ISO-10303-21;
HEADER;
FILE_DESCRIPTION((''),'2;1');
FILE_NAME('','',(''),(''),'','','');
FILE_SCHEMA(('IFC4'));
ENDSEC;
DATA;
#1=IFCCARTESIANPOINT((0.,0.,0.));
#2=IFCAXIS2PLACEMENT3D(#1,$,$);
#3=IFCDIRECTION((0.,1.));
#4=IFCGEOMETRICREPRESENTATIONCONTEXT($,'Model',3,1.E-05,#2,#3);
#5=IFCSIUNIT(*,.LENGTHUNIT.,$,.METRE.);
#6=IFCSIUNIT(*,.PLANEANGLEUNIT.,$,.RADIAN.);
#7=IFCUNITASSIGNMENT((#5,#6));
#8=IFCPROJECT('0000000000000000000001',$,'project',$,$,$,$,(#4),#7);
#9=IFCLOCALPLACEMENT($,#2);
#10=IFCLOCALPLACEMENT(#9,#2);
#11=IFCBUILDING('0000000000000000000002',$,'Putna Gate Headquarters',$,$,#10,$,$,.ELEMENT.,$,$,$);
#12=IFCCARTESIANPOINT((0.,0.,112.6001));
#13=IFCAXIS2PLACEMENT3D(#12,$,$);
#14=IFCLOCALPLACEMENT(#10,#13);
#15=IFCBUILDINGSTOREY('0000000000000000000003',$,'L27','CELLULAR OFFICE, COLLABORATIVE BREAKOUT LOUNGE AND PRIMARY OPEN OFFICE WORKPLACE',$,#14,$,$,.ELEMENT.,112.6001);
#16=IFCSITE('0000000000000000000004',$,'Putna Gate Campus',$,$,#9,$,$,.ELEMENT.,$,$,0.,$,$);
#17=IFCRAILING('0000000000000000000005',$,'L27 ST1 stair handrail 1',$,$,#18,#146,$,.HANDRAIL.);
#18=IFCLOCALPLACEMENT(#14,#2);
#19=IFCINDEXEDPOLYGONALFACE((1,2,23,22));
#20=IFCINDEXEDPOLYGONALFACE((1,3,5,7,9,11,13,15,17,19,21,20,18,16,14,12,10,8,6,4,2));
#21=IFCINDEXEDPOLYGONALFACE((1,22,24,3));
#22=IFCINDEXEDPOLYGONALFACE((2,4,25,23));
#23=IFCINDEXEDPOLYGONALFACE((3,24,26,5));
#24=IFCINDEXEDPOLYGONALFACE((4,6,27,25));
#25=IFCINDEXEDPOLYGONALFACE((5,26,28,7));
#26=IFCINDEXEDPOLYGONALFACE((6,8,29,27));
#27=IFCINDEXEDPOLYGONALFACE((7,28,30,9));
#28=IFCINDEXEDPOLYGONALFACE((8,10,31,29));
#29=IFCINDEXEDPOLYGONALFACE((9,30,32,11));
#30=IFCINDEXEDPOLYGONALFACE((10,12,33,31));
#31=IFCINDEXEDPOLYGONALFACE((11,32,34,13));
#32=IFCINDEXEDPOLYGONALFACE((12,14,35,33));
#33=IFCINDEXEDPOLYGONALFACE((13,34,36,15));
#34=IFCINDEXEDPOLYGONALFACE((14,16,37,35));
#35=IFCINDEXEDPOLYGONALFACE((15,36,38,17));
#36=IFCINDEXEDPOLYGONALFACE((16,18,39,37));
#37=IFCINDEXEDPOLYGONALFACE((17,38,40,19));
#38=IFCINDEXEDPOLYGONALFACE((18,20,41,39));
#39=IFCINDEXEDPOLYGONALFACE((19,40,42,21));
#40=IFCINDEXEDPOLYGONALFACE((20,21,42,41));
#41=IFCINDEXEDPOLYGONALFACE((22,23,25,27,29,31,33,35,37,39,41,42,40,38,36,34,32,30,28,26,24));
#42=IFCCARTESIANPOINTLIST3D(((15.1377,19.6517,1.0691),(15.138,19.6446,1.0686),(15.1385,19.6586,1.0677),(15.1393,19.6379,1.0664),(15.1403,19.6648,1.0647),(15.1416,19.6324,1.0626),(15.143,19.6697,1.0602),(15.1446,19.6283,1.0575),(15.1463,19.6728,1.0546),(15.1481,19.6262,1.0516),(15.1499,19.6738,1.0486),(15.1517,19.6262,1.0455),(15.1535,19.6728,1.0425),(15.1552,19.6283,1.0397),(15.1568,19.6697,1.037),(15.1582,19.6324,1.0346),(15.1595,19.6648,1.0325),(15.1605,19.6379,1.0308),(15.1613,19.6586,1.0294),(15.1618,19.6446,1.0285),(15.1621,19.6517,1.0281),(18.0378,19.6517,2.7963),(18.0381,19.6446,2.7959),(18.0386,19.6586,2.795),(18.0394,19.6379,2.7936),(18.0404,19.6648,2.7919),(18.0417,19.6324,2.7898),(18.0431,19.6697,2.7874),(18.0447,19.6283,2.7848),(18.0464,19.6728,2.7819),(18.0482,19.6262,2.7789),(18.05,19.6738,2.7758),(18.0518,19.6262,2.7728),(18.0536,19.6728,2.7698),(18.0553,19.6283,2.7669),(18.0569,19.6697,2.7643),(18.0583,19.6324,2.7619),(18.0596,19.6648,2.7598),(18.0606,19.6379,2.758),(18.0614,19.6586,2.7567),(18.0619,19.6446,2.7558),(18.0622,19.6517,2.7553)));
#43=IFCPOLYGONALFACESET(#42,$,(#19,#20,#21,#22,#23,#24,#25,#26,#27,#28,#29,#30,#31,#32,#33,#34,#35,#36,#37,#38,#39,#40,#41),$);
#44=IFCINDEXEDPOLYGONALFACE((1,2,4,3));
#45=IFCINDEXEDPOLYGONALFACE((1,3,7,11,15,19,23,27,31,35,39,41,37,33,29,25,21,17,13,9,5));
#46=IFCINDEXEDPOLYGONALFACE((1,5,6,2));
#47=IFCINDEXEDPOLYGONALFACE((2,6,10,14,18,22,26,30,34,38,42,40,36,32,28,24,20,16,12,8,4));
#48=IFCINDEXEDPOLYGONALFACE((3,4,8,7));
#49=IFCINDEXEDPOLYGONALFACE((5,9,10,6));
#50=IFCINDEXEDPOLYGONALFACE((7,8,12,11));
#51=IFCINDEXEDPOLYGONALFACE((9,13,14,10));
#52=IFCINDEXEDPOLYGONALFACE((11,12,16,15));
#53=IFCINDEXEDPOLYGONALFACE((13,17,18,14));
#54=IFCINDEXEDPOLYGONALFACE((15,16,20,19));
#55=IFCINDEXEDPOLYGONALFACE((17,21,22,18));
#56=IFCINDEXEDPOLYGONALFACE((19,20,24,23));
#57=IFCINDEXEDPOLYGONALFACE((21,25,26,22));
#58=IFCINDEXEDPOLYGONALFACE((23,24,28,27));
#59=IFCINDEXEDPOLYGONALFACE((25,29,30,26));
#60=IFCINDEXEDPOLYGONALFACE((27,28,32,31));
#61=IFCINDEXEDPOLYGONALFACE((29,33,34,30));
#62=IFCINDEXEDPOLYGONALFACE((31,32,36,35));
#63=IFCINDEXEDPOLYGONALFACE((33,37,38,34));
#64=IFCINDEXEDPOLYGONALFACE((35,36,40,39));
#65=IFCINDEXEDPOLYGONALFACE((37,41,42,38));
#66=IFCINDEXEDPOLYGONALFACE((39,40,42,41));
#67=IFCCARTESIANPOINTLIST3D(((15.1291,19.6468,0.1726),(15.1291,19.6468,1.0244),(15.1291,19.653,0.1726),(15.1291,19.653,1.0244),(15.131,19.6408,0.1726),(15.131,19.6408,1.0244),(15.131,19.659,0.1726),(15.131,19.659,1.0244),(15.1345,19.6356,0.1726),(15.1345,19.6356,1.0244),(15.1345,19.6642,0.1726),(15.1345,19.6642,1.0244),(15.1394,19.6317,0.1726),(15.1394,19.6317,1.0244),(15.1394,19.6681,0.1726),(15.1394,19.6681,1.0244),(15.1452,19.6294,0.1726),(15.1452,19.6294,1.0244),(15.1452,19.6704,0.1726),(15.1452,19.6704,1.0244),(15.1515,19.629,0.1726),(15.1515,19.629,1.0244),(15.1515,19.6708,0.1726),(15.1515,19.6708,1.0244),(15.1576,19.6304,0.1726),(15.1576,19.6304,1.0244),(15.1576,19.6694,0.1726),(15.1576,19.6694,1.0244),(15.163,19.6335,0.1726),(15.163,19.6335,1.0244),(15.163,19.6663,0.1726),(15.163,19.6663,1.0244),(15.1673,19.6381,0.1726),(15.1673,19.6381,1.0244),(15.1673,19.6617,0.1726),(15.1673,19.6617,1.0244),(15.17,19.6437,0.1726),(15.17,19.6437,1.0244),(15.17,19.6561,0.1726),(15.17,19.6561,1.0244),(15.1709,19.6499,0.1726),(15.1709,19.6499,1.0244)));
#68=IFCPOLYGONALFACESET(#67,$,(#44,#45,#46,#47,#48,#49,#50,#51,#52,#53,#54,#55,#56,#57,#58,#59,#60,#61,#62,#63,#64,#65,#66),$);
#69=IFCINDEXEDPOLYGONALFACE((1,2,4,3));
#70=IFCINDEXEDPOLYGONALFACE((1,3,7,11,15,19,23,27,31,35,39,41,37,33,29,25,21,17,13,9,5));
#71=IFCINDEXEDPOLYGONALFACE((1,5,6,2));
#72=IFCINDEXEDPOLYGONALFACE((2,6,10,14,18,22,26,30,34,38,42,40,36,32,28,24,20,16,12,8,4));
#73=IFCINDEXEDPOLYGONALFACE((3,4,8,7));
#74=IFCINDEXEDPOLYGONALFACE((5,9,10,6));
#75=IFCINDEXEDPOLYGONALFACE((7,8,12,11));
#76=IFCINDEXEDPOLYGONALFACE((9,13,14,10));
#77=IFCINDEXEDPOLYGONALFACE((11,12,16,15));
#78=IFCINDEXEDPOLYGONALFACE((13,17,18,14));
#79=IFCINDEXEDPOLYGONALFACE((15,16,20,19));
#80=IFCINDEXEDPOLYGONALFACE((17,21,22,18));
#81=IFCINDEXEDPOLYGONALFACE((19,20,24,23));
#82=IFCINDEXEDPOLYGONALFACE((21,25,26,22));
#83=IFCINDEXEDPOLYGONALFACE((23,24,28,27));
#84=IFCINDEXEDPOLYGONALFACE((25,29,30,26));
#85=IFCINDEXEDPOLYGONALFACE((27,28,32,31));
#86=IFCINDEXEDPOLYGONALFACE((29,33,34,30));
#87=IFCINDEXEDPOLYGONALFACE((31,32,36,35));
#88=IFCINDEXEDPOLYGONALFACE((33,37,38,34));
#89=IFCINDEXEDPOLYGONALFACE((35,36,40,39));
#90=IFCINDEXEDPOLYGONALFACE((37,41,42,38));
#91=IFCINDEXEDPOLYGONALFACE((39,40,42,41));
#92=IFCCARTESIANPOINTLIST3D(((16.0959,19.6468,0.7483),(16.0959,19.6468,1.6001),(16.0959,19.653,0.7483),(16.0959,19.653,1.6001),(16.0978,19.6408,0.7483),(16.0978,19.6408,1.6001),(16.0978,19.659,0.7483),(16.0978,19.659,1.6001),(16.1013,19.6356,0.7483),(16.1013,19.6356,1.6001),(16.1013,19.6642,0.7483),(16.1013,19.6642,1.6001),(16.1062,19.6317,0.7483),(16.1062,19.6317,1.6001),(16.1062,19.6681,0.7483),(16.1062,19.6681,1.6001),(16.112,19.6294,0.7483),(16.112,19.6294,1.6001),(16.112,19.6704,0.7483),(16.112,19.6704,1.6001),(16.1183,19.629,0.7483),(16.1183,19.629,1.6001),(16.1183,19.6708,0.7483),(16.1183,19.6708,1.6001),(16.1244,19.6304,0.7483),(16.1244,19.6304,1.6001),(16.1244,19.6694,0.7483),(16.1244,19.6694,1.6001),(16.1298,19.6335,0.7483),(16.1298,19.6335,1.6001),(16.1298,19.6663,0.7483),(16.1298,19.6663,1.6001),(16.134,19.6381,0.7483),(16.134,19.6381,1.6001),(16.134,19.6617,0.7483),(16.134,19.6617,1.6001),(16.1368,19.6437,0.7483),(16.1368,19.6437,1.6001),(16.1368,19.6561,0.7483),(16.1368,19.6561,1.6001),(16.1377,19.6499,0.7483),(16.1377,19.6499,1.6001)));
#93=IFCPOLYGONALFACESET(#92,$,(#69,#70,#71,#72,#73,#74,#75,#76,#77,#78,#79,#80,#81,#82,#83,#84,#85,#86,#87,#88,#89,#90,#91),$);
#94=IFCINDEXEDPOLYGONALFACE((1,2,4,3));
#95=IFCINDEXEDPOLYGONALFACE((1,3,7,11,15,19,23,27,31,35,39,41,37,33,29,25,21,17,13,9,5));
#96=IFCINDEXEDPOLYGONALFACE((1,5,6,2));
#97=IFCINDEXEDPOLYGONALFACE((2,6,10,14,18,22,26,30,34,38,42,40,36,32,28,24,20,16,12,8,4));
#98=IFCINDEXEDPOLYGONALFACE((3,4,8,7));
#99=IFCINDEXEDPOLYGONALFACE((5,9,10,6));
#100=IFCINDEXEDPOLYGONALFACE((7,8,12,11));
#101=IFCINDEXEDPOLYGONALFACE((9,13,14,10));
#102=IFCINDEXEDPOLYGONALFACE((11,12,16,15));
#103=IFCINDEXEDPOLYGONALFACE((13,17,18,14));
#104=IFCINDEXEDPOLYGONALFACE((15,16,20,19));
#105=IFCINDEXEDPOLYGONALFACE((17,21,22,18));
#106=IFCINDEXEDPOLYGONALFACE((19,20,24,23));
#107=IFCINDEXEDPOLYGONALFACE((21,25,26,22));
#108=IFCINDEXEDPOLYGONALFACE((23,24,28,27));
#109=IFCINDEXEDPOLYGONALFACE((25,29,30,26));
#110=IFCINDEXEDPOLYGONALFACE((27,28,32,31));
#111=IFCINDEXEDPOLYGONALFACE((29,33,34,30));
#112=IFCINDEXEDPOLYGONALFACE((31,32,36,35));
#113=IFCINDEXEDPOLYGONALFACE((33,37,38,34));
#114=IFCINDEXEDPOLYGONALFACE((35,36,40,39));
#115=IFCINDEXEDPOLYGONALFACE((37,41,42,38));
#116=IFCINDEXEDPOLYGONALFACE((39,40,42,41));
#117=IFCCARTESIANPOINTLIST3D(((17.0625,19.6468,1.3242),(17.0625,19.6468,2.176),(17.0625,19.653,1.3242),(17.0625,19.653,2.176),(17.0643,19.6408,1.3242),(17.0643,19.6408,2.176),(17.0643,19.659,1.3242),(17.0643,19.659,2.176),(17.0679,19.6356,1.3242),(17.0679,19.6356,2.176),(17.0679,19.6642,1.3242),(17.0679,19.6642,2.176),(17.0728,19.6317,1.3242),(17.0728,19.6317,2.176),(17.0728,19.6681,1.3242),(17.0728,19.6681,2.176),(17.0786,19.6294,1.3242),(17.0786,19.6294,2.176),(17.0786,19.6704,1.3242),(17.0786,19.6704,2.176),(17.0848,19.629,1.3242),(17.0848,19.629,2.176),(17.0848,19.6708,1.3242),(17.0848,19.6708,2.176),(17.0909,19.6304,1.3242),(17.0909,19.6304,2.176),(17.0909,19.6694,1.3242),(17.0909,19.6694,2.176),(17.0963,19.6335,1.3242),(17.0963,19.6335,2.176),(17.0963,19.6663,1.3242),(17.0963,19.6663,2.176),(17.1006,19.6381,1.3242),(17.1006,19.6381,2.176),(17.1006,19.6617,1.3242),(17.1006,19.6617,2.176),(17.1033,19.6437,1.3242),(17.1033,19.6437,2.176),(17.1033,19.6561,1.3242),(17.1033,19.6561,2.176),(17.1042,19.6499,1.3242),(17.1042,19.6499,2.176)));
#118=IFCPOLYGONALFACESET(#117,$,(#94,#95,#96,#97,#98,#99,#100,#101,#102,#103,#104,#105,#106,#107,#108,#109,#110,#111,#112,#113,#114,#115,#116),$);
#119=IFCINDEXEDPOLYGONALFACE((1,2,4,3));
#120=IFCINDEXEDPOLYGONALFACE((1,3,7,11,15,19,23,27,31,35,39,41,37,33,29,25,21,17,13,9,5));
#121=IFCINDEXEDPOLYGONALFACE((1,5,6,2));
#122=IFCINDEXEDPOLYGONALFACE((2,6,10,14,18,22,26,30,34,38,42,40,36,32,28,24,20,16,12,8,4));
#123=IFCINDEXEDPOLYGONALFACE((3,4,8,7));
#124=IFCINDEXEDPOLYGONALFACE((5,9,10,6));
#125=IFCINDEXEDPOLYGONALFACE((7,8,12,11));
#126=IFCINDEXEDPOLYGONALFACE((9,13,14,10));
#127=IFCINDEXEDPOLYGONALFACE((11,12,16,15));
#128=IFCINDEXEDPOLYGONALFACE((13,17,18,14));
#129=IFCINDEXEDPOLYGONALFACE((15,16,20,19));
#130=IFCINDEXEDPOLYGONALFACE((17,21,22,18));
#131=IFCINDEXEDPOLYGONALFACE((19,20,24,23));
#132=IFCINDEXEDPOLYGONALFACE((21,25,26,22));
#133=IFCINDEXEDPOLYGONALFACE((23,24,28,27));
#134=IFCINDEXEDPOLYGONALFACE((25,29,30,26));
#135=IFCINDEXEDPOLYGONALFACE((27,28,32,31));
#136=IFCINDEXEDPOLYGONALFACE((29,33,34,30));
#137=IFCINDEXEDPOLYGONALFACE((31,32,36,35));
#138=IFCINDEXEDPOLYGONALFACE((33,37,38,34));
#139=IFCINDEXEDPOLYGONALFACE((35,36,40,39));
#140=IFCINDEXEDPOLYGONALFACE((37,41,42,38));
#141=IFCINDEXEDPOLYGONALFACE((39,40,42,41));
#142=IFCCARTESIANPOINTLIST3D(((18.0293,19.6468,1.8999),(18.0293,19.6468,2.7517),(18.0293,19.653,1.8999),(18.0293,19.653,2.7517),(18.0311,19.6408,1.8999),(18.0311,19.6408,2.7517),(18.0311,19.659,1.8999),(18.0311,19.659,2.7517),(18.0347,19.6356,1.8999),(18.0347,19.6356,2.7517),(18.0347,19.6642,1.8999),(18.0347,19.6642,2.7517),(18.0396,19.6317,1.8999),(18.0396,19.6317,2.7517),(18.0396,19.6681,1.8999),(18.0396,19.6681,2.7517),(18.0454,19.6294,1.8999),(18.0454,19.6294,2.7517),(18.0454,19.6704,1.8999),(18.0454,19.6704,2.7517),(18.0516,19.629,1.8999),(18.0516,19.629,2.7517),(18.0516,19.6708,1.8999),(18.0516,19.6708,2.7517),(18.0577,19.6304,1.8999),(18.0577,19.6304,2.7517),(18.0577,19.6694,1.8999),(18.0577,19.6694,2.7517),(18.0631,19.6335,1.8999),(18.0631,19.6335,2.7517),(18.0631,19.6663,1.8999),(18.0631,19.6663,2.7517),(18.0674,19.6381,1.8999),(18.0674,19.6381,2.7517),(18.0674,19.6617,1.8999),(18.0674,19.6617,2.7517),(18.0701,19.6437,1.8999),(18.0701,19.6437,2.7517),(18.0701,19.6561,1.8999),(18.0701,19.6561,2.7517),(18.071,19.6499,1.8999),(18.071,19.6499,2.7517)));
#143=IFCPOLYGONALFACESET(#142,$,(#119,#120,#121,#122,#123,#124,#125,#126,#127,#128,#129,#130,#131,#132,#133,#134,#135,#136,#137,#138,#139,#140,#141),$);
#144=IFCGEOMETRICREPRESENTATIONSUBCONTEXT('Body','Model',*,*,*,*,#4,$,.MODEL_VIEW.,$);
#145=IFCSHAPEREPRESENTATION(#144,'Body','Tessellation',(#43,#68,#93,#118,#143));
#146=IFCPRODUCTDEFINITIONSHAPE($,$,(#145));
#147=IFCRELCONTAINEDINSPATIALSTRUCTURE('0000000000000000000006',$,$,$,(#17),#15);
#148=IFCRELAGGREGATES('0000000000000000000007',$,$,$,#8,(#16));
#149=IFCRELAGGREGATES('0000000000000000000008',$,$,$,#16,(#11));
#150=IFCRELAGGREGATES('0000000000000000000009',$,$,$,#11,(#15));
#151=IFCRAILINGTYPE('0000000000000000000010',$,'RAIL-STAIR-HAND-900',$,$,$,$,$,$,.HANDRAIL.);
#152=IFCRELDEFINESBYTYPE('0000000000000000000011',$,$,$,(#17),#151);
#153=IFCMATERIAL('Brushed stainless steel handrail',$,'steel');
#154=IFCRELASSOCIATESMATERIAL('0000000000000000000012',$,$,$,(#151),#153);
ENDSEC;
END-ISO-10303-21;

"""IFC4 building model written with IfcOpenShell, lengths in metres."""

from ifc_helpers import new_model, si_unit, direction, frame, origin, origin_2d, place, context, subcontext, project, spatial, circle, extrude, material, type_object, element, save


model = new_model("IFC4")

# Units and contexts
model_context = context("Model", 3, precision=1e-05, world=origin(), true_north=direction((0.0, 1.0)))
body_context = subcontext(model_context, "Body", "Model", "MODEL_VIEW")
ifc_project = project(units=[si_unit("LENGTHUNIT", "METRE"), si_unit("PLANEANGLEUNIT", "RADIAN")], contexts=[model_context])

# Site, building, storey
site_placement = place(None, origin())
site = spatial("IfcSite", under=ifc_project, at=site_placement, Name="Putna Gate Campus", CompositionType="ELEMENT", RefElevation=0.0)
building_placement = place(site_placement, origin())
building = spatial("IfcBuilding", under=site, at=building_placement, Name="Putna Gate Headquarters", CompositionType="ELEMENT")
storey_placement = place(building_placement, frame((0.0, 0.0, 112.6001)))
storey = spatial("IfcBuildingStorey", under=building, at=storey_placement, Name="L27", Description="CELLULAR OFFICE, COLLABORATIVE BREAKOUT LOUNGE AND PRIMARY OPEN OFFICE WORKPLACE", CompositionType="ELEMENT", Elevation=112.6001)

# Railing
ifc_material_1 = material(Name="Brushed stainless steel handrail", Category="steel")
railing_type_1 = type_object("IfcRailingType", Name="RAIL-STAIR-HAND-900", PredefinedType="HANDRAIL", material=ifc_material_1)
railing_1_placement = place(storey_placement, frame((15.1499, 19.6499, 0.1726)))
element("IfcRailing", 1, at=railing_1_placement, inside=storey, type_object=railing_type_1, Name="L27 ST1 stair handrail 1", PredefinedType="HANDRAIL", context=body_context, shape_type="SweptSolid", body=[
    extrude(circle(Radius=0.0239, at=origin_2d()), frame((0.0, 0.0, 0.876), z_axis=(0.85916, 0.0, 0.511706), x_axis=(0.0, 1.0, 0.0)), (0.0, 0.0, 1.0), 3.3755),
    extrude(circle(Radius=0.021, at=origin_2d()), origin(), (0.0, 0.0, 1.0), 0.8518),
    extrude(circle(Radius=0.021, at=origin_2d()), frame((0.9668, 0.0, 0.5757)), (0.0, 0.0, 1.0), 0.8518),
    extrude(circle(Radius=0.021, at=origin_2d()), frame((1.9333, 0.0, 1.1516)), (0.0, 0.0, 1.0), 0.8518),
    extrude(circle(Radius=0.021, at=origin_2d()), frame((2.9001, 0.0, 1.7273)), (0.0, 0.0, 1.0), 0.8518),
])

save(model, "model.ifc")
